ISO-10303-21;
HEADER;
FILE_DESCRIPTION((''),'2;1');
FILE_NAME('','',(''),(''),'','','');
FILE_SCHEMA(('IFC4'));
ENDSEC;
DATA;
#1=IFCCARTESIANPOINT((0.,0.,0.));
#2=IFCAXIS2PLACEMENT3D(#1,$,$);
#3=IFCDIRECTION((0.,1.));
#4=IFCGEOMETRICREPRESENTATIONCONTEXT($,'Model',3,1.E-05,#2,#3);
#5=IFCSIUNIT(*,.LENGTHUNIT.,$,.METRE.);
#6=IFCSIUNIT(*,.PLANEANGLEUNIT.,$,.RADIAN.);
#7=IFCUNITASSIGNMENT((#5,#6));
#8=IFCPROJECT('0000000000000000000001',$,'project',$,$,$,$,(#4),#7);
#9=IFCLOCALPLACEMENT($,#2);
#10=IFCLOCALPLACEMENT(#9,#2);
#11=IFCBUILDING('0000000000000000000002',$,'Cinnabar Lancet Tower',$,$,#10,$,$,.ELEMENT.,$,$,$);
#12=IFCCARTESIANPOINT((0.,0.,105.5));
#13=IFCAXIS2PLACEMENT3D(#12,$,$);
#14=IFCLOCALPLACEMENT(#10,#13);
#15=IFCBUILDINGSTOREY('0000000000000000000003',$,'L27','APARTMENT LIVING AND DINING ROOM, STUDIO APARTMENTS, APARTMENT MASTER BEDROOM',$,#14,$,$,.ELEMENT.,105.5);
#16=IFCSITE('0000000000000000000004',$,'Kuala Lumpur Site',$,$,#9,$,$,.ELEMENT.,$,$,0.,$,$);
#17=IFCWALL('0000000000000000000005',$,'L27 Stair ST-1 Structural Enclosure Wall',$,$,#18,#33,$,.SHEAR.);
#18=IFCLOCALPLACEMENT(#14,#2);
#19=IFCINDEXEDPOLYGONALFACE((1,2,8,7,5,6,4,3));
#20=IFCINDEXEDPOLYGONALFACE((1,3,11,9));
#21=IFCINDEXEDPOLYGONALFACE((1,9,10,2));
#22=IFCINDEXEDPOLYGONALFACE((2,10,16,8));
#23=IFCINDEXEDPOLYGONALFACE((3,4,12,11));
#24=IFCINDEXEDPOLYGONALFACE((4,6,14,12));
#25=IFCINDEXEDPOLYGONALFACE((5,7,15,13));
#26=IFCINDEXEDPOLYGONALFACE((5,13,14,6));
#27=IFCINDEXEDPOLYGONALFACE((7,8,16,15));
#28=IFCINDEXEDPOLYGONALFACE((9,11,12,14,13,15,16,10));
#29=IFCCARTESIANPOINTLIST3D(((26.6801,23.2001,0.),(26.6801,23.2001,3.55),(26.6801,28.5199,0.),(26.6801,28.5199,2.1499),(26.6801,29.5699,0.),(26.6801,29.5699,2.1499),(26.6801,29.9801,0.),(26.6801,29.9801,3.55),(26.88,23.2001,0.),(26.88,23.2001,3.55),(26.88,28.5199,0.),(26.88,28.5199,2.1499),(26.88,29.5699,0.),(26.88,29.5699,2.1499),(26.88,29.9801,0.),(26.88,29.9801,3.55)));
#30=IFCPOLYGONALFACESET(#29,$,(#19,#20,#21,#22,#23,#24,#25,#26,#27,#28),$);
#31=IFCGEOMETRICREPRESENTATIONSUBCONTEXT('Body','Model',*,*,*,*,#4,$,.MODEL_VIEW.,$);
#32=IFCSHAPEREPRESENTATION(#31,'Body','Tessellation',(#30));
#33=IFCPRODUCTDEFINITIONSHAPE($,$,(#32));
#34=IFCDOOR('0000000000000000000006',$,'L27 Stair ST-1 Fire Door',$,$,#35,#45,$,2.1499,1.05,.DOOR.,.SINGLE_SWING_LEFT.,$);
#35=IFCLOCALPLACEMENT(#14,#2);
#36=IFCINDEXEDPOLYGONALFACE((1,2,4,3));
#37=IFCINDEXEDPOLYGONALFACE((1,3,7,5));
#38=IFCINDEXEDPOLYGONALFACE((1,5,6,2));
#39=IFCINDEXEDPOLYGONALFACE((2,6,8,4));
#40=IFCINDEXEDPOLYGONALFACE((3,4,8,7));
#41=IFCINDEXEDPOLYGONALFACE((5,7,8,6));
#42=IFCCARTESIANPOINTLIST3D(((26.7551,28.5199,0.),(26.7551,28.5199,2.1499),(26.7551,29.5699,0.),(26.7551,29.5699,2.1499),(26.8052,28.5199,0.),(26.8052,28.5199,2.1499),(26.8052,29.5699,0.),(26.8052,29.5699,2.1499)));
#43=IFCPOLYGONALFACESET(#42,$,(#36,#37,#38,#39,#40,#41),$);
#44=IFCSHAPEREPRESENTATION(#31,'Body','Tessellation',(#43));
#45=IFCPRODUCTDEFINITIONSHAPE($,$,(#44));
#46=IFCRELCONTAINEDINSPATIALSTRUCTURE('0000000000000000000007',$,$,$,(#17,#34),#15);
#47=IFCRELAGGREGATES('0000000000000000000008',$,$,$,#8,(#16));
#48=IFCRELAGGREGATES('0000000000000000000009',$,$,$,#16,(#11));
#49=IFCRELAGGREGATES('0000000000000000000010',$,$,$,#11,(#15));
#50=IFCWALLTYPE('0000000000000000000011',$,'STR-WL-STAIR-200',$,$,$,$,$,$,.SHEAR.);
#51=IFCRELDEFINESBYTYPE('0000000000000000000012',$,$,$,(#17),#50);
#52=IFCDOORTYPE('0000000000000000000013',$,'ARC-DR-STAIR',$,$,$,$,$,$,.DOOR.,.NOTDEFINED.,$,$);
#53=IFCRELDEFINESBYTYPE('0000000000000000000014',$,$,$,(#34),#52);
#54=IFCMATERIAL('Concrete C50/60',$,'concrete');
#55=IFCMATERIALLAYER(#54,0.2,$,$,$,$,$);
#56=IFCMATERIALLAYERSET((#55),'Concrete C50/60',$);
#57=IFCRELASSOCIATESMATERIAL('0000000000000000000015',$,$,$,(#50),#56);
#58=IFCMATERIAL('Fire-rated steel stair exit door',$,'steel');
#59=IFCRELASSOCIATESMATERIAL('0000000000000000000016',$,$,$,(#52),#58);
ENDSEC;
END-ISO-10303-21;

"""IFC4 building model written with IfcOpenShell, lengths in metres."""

from ifc_helpers import new_model, si_unit, direction, frame, frame_2d, origin, place, context, subcontext, project, spatial, rectangle, extrude, material, layer, layer_set, type_object, element, fill, save


model = new_model("IFC4")

# Units and contexts
model_context = context("Model", 3, precision=1e-05, world=origin(), true_north=direction((0.0, 1.0)))
body_context = subcontext(model_context, "Body", "Model", "MODEL_VIEW")
ifc_project = project(units=[si_unit("LENGTHUNIT", "METRE"), si_unit("PLANEANGLEUNIT", "RADIAN")], contexts=[model_context])

# Site, building, storey
site_placement = place(None, origin())
site = spatial("IfcSite", under=ifc_project, at=site_placement, Name="Kuala Lumpur Site", CompositionType="ELEMENT", RefElevation=0.0)
building_placement = place(site_placement, origin())
building = spatial("IfcBuilding", under=site, at=building_placement, Name="Cinnabar Lancet Tower", CompositionType="ELEMENT")
storey_placement = place(building_placement, frame((0.0, 0.0, 105.5)))
storey = spatial("IfcBuildingStorey", under=building, at=storey_placement, Name="L27", Description="APARTMENT LIVING AND DINING ROOM, STUDIO APARTMENTS, APARTMENT MASTER BEDROOM", CompositionType="ELEMENT", Elevation=105.5)

# Wall, opening, door
ifc_material_1 = material(Name="Concrete C50/60", Category="concrete")
ifc_layer_1 = layer(ifc_material_1, 0.2)
ifc_layer_set_1 = layer_set([ifc_layer_1], Name="Concrete C50/60")
wall_type_1 = type_object("IfcWallType", Name="STR-WL-STAIR-200", PredefinedType="SHEAR", material=ifc_layer_set_1)
wall_1_placement = place(storey_placement, frame((26.78, 23.2, 0.0), z_axis=(0.0, 0.0, 1.0), x_axis=(0.0, 1.0, 0.0)))
wall_1 = element("IfcWall", 1, at=wall_1_placement, inside=storey, type_object=wall_type_1, Name="L27 Stair ST-1 Structural Enclosure Wall", PredefinedType="SHEAR", context=body_context, shape_type="SweptSolid", body=[
    extrude(rectangle(XDim=6.78, YDim=0.2, at=frame_2d((3.3901, 0.0))), origin(), (0.0, 0.0, 1.0), 3.55),
])
opening_1_placement = place(wall_1_placement, frame((5.3201, 0.0, 0.0)))
opening_1 = element("IfcOpeningElement", 2, at=opening_1_placement, cuts=wall_1, PredefinedType="OPENING", context=body_context, shape_type="SweptSolid", body=[
    extrude(rectangle(XDim=1.05, YDim=2.1499, at=frame_2d((0.5249, 1.075))), frame((0.0, 0.1099, 0.0), z_axis=(0.0, -1.0, 0.0), x_axis=(1.0, 0.0, 0.0)), (0.0, 0.0, 1.0), 0.22),
])
ifc_material_2 = material(Name="Fire-rated steel stair exit door", Category="steel")
door_type_1 = type_object("IfcDoorType", Name="ARC-DR-STAIR", OperationType="NOTDEFINED", PredefinedType="DOOR", material=ifc_material_2)
door_1_placement = place(opening_1_placement, origin())
door_1 = element("IfcDoor", 3, at=door_1_placement, inside=storey, type_object=door_type_1, Name="L27 Stair ST-1 Fire Door", OperationType="SINGLE_SWING_LEFT", OverallHeight=2.1499, OverallWidth=1.05, PredefinedType="DOOR", context=body_context, shape_type="SweptSolid", body=[
    extrude(rectangle(XDim=1.05, YDim=2.1499, at=frame_2d((0.5249, 1.075))), frame((0.0, 0.0249, 0.0), z_axis=(0.0, -1.0, 0.0), x_axis=(1.0, 0.0, 0.0)), (0.0, 0.0, 1.0), 0.05),
])
fill(opening_1, door_1)

save(model, "model.ifc")
